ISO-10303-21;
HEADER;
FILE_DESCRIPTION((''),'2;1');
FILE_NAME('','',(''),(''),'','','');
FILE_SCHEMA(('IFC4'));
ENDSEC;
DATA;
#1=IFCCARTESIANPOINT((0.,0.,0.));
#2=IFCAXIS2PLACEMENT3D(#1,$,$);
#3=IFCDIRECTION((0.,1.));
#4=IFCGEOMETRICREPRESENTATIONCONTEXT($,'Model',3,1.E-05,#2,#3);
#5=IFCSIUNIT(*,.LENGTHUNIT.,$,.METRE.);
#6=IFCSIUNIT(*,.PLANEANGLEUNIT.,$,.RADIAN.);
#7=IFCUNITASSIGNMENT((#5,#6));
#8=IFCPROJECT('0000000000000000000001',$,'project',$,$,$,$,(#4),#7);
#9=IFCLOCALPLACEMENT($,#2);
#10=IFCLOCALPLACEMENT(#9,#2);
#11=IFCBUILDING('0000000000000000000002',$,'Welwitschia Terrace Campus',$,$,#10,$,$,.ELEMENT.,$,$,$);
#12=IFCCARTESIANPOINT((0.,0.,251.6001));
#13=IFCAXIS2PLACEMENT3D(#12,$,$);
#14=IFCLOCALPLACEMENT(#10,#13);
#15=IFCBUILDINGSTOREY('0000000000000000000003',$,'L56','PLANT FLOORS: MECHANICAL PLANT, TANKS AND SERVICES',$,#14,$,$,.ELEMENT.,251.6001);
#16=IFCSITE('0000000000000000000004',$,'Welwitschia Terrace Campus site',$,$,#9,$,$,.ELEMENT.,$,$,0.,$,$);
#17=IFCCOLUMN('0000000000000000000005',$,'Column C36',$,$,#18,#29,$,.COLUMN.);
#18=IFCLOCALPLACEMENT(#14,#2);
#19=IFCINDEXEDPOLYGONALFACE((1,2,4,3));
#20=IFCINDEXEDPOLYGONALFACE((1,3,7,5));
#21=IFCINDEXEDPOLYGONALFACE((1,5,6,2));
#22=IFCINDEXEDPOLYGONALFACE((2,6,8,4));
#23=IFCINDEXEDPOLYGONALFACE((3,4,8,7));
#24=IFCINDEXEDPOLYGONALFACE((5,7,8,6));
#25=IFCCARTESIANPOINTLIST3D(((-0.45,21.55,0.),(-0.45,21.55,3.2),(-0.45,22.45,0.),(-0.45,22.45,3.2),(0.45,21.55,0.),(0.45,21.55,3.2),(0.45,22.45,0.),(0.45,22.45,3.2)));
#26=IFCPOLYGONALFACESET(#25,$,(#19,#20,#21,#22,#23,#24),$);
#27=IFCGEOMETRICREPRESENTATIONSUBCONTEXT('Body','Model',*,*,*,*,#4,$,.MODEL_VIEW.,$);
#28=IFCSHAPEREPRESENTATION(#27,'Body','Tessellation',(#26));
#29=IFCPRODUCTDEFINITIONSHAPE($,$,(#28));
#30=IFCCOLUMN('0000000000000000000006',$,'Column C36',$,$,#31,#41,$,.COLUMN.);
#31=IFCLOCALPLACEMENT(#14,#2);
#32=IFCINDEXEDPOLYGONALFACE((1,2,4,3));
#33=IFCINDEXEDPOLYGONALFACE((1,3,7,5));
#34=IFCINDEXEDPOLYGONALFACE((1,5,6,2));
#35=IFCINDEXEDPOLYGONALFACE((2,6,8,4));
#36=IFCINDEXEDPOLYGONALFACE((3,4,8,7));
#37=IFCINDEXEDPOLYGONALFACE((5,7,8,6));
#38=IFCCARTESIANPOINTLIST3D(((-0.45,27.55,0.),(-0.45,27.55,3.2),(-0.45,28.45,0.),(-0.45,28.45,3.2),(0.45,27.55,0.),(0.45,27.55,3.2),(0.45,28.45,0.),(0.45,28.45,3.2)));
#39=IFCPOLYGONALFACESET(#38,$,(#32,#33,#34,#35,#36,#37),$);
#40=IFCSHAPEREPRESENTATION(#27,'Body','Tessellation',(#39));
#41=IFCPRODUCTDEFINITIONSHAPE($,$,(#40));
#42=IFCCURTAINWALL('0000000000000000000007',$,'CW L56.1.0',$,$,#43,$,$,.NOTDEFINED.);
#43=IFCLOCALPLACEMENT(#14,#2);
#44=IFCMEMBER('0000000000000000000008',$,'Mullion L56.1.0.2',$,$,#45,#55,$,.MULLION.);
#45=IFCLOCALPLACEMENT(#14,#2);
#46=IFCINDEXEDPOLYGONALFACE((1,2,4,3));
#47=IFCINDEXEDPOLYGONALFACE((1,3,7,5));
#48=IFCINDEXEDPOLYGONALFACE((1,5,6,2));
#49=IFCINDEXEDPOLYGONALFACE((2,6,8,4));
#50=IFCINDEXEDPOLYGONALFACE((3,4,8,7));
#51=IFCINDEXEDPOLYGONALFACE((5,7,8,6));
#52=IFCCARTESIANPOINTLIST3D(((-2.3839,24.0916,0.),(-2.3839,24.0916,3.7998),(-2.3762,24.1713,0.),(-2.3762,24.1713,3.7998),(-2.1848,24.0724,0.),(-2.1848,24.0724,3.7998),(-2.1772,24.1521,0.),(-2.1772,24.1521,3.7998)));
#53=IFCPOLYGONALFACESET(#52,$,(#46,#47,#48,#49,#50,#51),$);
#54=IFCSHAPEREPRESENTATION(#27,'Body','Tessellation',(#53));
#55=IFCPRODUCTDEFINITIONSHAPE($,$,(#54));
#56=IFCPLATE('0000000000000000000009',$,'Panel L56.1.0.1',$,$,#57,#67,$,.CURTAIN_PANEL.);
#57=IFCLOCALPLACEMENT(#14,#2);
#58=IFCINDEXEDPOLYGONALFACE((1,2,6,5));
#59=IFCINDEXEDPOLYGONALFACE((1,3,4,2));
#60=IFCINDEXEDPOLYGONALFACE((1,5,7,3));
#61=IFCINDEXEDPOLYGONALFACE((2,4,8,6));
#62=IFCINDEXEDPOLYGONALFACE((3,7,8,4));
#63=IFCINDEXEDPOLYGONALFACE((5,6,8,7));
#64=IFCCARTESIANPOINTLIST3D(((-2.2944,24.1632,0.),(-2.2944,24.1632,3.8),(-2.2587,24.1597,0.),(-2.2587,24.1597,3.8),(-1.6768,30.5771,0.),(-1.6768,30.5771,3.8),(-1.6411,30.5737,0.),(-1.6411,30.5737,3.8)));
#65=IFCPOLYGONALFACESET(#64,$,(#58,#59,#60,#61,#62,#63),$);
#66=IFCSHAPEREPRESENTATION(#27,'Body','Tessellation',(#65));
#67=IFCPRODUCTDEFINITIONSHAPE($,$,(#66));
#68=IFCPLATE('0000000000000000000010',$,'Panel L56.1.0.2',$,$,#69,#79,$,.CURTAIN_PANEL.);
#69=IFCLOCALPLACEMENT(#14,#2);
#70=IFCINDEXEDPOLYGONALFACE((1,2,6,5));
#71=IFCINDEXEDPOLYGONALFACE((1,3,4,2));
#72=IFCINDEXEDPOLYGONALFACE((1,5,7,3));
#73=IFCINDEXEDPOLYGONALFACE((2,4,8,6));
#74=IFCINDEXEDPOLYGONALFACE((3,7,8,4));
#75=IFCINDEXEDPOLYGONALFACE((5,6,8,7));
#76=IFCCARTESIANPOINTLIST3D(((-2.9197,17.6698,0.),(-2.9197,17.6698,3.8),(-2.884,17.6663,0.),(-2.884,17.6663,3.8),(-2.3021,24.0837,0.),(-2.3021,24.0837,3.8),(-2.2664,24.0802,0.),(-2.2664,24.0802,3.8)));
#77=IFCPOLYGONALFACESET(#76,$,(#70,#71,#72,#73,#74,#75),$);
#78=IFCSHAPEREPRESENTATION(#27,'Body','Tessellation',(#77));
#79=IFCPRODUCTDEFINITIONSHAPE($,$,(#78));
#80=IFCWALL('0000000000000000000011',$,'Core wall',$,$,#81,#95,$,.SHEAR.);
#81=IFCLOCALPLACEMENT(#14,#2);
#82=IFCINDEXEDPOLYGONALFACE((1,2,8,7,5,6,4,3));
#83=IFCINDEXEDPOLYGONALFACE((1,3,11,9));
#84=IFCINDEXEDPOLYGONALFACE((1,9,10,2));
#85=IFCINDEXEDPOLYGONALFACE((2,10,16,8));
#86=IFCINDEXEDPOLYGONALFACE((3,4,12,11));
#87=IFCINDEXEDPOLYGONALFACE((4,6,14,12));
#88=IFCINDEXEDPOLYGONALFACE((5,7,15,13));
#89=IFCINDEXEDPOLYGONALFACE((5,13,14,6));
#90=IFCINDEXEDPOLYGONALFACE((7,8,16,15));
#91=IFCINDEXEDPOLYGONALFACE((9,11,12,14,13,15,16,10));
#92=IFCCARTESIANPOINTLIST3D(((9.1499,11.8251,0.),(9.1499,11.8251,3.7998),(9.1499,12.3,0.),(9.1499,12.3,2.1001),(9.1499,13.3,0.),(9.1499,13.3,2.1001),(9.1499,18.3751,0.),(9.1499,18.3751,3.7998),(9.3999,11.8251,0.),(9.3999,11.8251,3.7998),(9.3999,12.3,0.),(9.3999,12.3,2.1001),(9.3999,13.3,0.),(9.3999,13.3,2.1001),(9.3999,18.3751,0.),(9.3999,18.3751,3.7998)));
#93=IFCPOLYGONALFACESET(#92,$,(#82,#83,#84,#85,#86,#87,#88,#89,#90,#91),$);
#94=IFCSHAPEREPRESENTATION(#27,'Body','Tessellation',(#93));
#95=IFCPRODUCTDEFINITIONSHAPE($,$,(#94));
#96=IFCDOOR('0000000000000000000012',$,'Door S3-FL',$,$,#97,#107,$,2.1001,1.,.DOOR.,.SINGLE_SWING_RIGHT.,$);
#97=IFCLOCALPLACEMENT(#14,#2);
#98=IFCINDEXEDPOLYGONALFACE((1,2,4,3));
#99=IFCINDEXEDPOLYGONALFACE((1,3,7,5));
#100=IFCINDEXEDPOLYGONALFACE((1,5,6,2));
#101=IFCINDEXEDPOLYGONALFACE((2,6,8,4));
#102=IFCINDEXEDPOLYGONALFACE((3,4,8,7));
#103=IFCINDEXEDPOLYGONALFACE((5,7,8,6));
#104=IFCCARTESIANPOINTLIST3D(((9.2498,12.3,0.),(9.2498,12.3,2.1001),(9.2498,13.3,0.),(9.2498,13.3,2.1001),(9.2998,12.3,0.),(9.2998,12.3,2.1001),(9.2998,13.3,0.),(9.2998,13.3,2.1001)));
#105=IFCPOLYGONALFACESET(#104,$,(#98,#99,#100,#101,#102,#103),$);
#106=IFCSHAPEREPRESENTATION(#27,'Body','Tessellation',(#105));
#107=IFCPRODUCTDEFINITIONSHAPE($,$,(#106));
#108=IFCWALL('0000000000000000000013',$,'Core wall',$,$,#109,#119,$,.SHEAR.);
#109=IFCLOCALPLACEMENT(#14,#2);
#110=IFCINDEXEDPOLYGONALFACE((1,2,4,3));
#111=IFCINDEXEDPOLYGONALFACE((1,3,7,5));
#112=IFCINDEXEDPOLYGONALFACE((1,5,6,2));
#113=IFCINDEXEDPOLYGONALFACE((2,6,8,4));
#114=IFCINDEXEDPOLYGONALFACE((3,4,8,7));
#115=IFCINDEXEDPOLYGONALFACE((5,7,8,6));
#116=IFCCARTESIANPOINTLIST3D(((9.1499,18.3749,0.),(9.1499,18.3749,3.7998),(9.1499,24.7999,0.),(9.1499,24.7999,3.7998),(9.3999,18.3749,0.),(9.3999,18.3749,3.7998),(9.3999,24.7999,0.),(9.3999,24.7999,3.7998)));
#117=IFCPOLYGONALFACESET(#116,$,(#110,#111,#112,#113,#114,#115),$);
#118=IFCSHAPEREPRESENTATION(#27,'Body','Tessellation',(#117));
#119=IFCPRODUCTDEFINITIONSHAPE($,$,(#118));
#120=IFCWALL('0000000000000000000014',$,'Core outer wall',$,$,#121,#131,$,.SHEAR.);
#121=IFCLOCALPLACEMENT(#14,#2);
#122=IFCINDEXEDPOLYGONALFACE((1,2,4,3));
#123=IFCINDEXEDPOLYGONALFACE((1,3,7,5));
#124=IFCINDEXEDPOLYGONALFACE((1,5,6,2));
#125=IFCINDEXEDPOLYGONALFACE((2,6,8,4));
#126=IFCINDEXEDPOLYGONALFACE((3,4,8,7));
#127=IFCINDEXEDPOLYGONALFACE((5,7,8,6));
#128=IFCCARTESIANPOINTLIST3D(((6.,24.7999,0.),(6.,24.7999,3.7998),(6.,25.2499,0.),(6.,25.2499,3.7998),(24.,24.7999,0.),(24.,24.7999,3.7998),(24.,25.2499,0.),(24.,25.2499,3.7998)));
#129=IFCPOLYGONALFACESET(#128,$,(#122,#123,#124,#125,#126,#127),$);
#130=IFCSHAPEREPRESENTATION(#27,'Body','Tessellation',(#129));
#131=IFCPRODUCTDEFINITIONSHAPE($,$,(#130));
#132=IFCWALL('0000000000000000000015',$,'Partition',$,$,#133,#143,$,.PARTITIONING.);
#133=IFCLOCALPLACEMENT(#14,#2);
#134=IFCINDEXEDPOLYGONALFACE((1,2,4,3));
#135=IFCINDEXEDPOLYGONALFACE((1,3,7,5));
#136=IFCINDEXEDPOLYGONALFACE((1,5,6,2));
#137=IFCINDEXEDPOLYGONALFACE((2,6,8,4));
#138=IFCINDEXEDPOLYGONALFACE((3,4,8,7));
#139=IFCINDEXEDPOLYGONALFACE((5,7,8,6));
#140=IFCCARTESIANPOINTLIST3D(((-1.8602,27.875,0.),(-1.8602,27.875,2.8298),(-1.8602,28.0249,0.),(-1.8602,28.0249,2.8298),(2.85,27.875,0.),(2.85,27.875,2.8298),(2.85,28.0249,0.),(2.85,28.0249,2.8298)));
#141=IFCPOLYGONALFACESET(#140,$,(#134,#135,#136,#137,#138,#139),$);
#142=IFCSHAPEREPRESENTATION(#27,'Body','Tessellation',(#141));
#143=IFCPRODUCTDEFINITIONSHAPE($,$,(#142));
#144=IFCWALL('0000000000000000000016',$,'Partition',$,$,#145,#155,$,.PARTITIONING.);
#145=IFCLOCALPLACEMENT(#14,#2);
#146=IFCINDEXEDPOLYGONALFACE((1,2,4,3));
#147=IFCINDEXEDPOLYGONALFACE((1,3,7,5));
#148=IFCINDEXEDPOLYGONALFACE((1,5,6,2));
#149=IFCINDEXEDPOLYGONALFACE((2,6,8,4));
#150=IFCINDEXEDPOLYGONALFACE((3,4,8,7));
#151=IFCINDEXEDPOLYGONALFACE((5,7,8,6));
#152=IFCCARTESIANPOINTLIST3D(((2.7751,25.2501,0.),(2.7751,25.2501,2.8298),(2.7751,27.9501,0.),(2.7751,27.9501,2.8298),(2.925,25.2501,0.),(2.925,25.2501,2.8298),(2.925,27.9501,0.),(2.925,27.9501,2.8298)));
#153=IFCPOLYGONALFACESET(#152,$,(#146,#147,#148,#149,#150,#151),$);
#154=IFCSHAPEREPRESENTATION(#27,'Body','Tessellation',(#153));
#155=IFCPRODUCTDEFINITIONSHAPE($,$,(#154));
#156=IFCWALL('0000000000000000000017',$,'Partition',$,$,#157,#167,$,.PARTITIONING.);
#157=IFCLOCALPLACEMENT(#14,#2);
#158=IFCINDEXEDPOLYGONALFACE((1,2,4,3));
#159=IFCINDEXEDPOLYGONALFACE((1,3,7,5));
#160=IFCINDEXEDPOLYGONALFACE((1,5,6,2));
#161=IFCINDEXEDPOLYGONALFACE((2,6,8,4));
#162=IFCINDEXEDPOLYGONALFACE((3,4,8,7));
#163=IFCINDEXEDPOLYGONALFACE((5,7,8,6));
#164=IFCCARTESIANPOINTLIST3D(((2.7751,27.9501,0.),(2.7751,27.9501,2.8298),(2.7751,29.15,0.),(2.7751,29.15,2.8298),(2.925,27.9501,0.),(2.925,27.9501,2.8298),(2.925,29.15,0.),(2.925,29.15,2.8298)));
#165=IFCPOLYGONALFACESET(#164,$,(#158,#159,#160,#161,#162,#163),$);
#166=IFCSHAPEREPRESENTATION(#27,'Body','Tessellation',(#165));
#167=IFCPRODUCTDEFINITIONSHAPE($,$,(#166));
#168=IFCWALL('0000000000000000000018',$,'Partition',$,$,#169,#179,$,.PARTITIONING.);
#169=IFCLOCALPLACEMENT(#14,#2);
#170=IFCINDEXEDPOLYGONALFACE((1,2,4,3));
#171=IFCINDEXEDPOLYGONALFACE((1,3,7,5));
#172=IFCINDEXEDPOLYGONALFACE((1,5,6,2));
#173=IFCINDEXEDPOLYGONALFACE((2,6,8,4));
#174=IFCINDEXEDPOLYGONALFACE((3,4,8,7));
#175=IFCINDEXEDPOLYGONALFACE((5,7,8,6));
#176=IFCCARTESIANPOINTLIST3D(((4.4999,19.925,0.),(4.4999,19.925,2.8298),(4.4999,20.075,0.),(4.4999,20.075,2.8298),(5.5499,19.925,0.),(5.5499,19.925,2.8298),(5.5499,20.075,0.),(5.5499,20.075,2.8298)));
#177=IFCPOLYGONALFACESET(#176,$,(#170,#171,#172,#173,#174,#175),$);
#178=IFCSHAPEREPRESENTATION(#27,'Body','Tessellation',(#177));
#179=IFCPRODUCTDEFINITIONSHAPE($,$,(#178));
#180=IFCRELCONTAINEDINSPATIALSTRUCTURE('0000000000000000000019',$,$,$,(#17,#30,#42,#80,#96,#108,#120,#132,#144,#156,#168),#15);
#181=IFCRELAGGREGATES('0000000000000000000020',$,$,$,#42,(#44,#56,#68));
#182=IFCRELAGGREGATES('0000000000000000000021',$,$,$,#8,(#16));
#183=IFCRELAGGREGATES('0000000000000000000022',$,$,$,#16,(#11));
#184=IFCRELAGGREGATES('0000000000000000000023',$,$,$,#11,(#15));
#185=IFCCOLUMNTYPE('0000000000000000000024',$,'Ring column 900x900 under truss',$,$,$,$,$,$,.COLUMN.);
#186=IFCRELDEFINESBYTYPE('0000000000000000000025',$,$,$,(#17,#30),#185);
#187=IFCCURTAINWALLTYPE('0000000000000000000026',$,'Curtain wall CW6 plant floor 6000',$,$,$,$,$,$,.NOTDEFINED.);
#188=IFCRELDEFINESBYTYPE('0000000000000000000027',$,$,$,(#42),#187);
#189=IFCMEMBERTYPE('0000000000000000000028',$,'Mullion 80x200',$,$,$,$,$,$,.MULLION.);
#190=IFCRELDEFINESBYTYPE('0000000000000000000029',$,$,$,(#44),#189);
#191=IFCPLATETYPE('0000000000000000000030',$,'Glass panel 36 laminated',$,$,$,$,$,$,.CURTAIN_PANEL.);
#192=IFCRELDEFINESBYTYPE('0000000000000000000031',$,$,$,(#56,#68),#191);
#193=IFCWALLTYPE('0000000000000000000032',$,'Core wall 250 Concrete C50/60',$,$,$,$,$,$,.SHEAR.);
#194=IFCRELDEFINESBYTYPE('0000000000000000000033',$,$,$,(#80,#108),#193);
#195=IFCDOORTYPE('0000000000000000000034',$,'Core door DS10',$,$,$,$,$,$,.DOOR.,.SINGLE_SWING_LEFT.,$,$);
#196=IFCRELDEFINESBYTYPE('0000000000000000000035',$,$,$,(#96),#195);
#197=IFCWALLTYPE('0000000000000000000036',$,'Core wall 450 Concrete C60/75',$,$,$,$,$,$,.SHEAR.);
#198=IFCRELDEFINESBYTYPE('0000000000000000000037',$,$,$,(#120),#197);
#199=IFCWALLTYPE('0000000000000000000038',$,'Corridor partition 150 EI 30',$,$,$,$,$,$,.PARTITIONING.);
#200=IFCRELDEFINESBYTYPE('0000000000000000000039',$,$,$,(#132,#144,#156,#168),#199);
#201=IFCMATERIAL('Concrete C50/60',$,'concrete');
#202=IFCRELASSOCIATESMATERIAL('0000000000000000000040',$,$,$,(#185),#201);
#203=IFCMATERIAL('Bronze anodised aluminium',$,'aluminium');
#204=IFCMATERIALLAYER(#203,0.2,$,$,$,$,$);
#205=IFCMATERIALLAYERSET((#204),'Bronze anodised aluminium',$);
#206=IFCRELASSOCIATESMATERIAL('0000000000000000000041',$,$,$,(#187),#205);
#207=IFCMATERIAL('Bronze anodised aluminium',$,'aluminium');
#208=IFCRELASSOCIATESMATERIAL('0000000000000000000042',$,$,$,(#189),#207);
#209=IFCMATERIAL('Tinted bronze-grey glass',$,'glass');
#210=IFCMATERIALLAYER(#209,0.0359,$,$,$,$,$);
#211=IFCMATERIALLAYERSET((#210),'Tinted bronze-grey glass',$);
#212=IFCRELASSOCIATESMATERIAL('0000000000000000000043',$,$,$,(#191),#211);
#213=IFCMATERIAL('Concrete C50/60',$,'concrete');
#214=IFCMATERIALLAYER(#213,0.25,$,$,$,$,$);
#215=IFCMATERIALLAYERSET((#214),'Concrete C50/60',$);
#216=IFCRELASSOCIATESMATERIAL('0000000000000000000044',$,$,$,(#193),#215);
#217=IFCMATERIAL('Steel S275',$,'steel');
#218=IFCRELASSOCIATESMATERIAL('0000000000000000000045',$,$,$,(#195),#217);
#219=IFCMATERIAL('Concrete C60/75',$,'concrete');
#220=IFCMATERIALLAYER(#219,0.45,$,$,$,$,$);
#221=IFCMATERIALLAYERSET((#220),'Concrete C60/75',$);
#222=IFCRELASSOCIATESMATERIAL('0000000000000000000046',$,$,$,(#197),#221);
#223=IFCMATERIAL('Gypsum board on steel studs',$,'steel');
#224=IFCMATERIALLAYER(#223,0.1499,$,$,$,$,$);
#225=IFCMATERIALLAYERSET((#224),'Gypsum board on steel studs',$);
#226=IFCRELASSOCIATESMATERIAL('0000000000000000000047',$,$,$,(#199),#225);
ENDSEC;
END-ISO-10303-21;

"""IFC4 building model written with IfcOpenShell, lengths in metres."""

from ifc_helpers import new_model, si_unit, direction, frame, frame_2d, origin, origin_2d, place, context, subcontext, project, spatial, rectangle, extrude, material, layer, layer_set, material_profile, profile_set, type_object, element, fill, aggregate, save


model = new_model("IFC4")

# Units and contexts
model_context = context("Model", 3, precision=1e-05, world=origin(), true_north=direction((0.0, 1.0)))
body_context = subcontext(model_context, "Body", "Model", "MODEL_VIEW")
ifc_project = project(units=[si_unit("LENGTHUNIT", "METRE"), si_unit("PLANEANGLEUNIT", "RADIAN")], contexts=[model_context])

# Site, building, storey
site_placement = place(None, origin())
site = spatial("IfcSite", under=ifc_project, at=site_placement, Name="Welwitschia Terrace Campus site", CompositionType="ELEMENT", RefElevation=0.0)
building_placement = place(site_placement, origin())
building = spatial("IfcBuilding", under=site, at=building_placement, Name="Welwitschia Terrace Campus", CompositionType="ELEMENT")
storey_placement = place(building_placement, frame((0.0, 0.0, 251.6001)))
storey = spatial("IfcBuildingStorey", under=building, at=storey_placement, Name="L56", Description="PLANT FLOORS: MECHANICAL PLANT, TANKS AND SERVICES", CompositionType="ELEMENT", Elevation=251.6001)

# Columns
ifc_material_1 = material(Name="Concrete C50/60", Category="concrete")
ifc_material_profile_1 = material_profile(ifc_material_1, rectangle(XDim=0.8999, YDim=0.8999, at=origin_2d()))
ifc_profile_set_1 = profile_set([ifc_material_profile_1], Name="Concrete C50/60")
column_type = type_object("IfcColumnType", Name="Ring column 900x900 under truss", PredefinedType="COLUMN", material=ifc_profile_set_1)
for number, where, z_axis, x_axis, name in (
    (1, (0.0, 22.0, 0.0), (0.0, 0.0, 1.0), (1.0, 0.0, 0.0), "Column C36"),
    (2, (0.0, 28.0, 0.0), (0.0, 0.0, 1.0), (1.0, 0.0, 0.0), "Column C36"),
):
    element("IfcColumn", number, at=place(storey_placement, frame(where, z_axis=z_axis, x_axis=x_axis)), inside=storey, type_object=column_type, Name=name, PredefinedType="COLUMN", context=body_context, shape_type="SweptSolid", body=[
        extrude(rectangle(XDim=0.8999, YDim=0.8999, at=origin_2d()), origin(), (0.0, 0.0, 1.0), 3.2),
    ])

# Curtain wall, member, plates
ifc_material_2 = material(Name="Bronze anodised aluminium", Category="aluminium")
ifc_layer_1 = layer(ifc_material_2, 0.2)
ifc_layer_set_1 = layer_set([ifc_layer_1], Name="Bronze anodised aluminium")
curtain_wall_type = type_object("IfcCurtainWallType", Name="Curtain wall CW6 plant floor 6000", PredefinedType="NOTDEFINED", material=ifc_layer_set_1)
curtain_wall_placement = place(storey_placement, origin())
curtain_wall = element("IfcCurtainWall", 3, at=curtain_wall_placement, inside=storey, type_object=curtain_wall_type, Name="CW L56.1.0", PredefinedType="NOTDEFINED")
ifc_material_3 = material(Name="Bronze anodised aluminium", Category="aluminium")
ifc_material_profile_2 = material_profile(ifc_material_3, rectangle(XDim=0.2, YDim=0.0801, at=origin_2d()))
ifc_profile_set_2 = profile_set([ifc_material_profile_2], Name="Bronze anodised aluminium")
member_type = type_object("IfcMemberType", Name="Mullion 80x200", PredefinedType="MULLION", material=ifc_profile_set_2)
member_placement = place(storey_placement, frame((-2.2805, 24.1218, 0.0), z_axis=(0.0, 0.0, 1.0), x_axis=(0.995396, -0.095846, 0.0)))
member = element("IfcMember", 4, at=member_placement, type_object=member_type, Name="Mullion L56.1.0.2", PredefinedType="MULLION", context=body_context, shape_type="SweptSolid", body=[
    extrude(rectangle(XDim=0.2, YDim=0.0801, at=origin_2d()), origin(), (0.0, 0.0, 1.0), 3.7998),
])
ifc_material_4 = material(Name="Tinted bronze-grey glass", Category="glass")
ifc_layer_2 = layer(ifc_material_4, 0.0359)
ifc_layer_set_2 = layer_set([ifc_layer_2], Name="Tinted bronze-grey glass")
plate_type = type_object("IfcPlateType", Name="Glass panel 36 laminated", PredefinedType="CURTAIN_PANEL", material=ifc_layer_set_2)
plate_1_placement = place(storey_placement, frame((-1.9678, 27.3684, 0.0), z_axis=(0.0, 0.0, 1.0), x_axis=(-0.095846, -0.995396, 0.0)))
plate_1 = element("IfcPlate", 5, at=plate_1_placement, type_object=plate_type, Name="Panel L56.1.0.1", PredefinedType="CURTAIN_PANEL", context=body_context, shape_type="SweptSolid", body=[
    extrude(rectangle(XDim=6.4436, YDim=0.0359, at=origin_2d()), origin(), (0.0, 0.0, 1.0), 3.8),
])
plate_2_placement = place(storey_placement, frame((-2.593, 20.875, 0.0), z_axis=(0.0, 0.0, 1.0), x_axis=(-0.095846, -0.995396, 0.0)))
plate_2 = element("IfcPlate", 6, at=plate_2_placement, type_object=plate_type, Name="Panel L56.1.0.2", PredefinedType="CURTAIN_PANEL", context=body_context, shape_type="SweptSolid", body=[
    extrude(rectangle(XDim=6.4436, YDim=0.0359, at=origin_2d()), origin(), (0.0, 0.0, 1.0), 3.8),
])
aggregate(curtain_wall, [member, plate_1, plate_2])

# Wall, opening, door
ifc_material_5 = material(Name="Concrete C50/60", Category="concrete")
ifc_layer_3 = layer(ifc_material_5, 0.25)
ifc_layer_set_3 = layer_set([ifc_layer_3], Name="Concrete C50/60")
wall_type_1 = type_object("IfcWallType", Name="Core wall 250 Concrete C50/60", PredefinedType="SHEAR", material=ifc_layer_set_3)
wall_1_placement = place(storey_placement, frame((9.2749, 18.375, 0.0), z_axis=(0.0, 0.0, 1.0), x_axis=(0.0, -1.0, 0.0)))
wall_1 = element("IfcWall", 7, at=wall_1_placement, inside=storey, type_object=wall_type_1, Name="Core wall", PredefinedType="SHEAR", context=body_context, shape_type="SweptSolid", body=[
    extrude(rectangle(XDim=6.55, YDim=0.25, at=frame_2d((3.2749, 0.0))), origin(), (0.0, 0.0, 1.0), 3.7998),
])
opening_placement = place(wall_1_placement, frame((5.075, 0.0, 0.0)))
opening = element("IfcOpeningElement", 8, at=opening_placement, cuts=wall_1, PredefinedType="OPENING", context=body_context, shape_type="SweptSolid", body=[
    extrude(rectangle(XDim=1.0, YDim=2.1001, at=frame_2d((0.5, 1.05))), frame((0.0, 0.135, 0.0), z_axis=(0.0, -1.0, 0.0), x_axis=(1.0, 0.0, 0.0)), (0.0, 0.0, 1.0), 0.27),
])
ifc_material_6 = material(Name="Steel S275", Category="steel")
door_type = type_object("IfcDoorType", Name="Core door DS10", OperationType="SINGLE_SWING_LEFT", PredefinedType="DOOR", material=ifc_material_6)
door_placement = place(opening_placement, origin())
door = element("IfcDoor", 9, at=door_placement, inside=storey, type_object=door_type, Name="Door S3-FL", OperationType="SINGLE_SWING_RIGHT", OverallHeight=2.1001, OverallWidth=1.0, PredefinedType="DOOR", context=body_context, shape_type="SweptSolid", body=[
    extrude(rectangle(XDim=1.0, YDim=2.1001, at=frame_2d((0.5, 1.05))), frame((0.0, 0.0249, 0.0), z_axis=(0.0, -1.0, 0.0), x_axis=(1.0, 0.0, 0.0)), (0.0, 0.0, 1.0), 0.05),
])
fill(opening, door)

# Walls
wall_2_placement = place(storey_placement, frame((9.2749, 18.375, 0.0), z_axis=(0.0, 0.0, 1.0), x_axis=(0.0, 1.0, 0.0)))
element("IfcWall", 10, at=wall_2_placement, inside=storey, type_object=wall_type_1, Name="Core wall", PredefinedType="SHEAR", context=body_context, shape_type="SweptSolid", body=[
    extrude(rectangle(XDim=6.425, YDim=0.25, at=frame_2d((3.2124, 0.0))), origin(), (0.0, 0.0, 1.0), 3.7998),
])
ifc_material_7 = material(Name="Concrete C60/75", Category="concrete")
ifc_layer_4 = layer(ifc_material_7, 0.45)
ifc_layer_set_4 = layer_set([ifc_layer_4], Name="Concrete C60/75")
wall_type_2 = type_object("IfcWallType", Name="Core wall 450 Concrete C60/75", PredefinedType="SHEAR", material=ifc_layer_set_4)
wall_3_placement = place(storey_placement, frame((6.0, 25.0249, 0.0), z_axis=(0.0, 0.0, 1.0), x_axis=(1.0, 0.0, 0.0)))
element("IfcWall", 11, at=wall_3_placement, inside=storey, type_object=wall_type_2, Name="Core outer wall", PredefinedType="SHEAR", context=body_context, shape_type="SweptSolid", body=[
    extrude(rectangle(XDim=18.0, YDim=0.45, at=frame_2d((9.0, 0.0))), origin(), (0.0, 0.0, 1.0), 3.7998),
])
ifc_material_8 = material(Name="Gypsum board on steel studs", Category="steel")
ifc_layer_5 = layer(ifc_material_8, 0.1499)
ifc_layer_set_5 = layer_set([ifc_layer_5], Name="Gypsum board on steel studs")
wall_type_3 = type_object("IfcWallType", Name="Corridor partition 150 EI 30", PredefinedType="PARTITIONING", material=ifc_layer_set_5)
wall_4_placement = place(storey_placement, frame((-1.8601, 27.95, 0.0), z_axis=(0.0, 0.0, 1.0), x_axis=(1.0, 0.0, 0.0)))
element("IfcWall", 12, at=wall_4_placement, inside=storey, type_object=wall_type_3, Name="Partition", PredefinedType="PARTITIONING", context=body_context, shape_type="SweptSolid", body=[
    extrude(rectangle(XDim=4.7102, YDim=0.1499, at=frame_2d((2.355, 0.0))), origin(), (0.0, 0.0, 1.0), 2.8298),
])
wall_5_placement = place(storey_placement, frame((2.8501, 25.25, 0.0), z_axis=(0.0, 0.0, 1.0), x_axis=(0.0, 1.0, 0.0)))
element("IfcWall", 13, at=wall_5_placement, inside=storey, type_object=wall_type_3, Name="Partition", PredefinedType="PARTITIONING", context=body_context, shape_type="SweptSolid", body=[
    extrude(rectangle(XDim=2.7, YDim=0.1499, at=frame_2d((1.3501, 0.0))), origin(), (0.0, 0.0, 1.0), 2.8298),
])
wall_6_placement = place(storey_placement, frame((2.8501, 27.95, 0.0), z_axis=(0.0, 0.0, 1.0), x_axis=(0.0, 1.0, 0.0)))
element("IfcWall", 14, at=wall_6_placement, inside=storey, type_object=wall_type_3, Name="Partition", PredefinedType="PARTITIONING", context=body_context, shape_type="SweptSolid", body=[
    extrude(rectangle(XDim=1.2, YDim=0.1499, at=frame_2d((0.6001, 0.0))), origin(), (0.0, 0.0, 1.0), 2.8298),
])
for number, where, z_axis, x_axis, name in (
    (15, (4.5, 20.0, 0.0), (0.0, 0.0, 1.0), (1.0, 0.0, 0.0), "Partition"),
):
    element("IfcWall", number, at=place(storey_placement, frame(where, z_axis=z_axis, x_axis=x_axis)), inside=storey, type_object=wall_type_3, Name=name, PredefinedType="PARTITIONING", context=body_context, shape_type="SweptSolid", body=[
        extrude(rectangle(XDim=1.05, YDim=0.1499, at=frame_2d((0.5249, 0.0))), origin(), (0.0, 0.0, 1.0), 2.8298),
    ])

save(model, "model.ifc")
